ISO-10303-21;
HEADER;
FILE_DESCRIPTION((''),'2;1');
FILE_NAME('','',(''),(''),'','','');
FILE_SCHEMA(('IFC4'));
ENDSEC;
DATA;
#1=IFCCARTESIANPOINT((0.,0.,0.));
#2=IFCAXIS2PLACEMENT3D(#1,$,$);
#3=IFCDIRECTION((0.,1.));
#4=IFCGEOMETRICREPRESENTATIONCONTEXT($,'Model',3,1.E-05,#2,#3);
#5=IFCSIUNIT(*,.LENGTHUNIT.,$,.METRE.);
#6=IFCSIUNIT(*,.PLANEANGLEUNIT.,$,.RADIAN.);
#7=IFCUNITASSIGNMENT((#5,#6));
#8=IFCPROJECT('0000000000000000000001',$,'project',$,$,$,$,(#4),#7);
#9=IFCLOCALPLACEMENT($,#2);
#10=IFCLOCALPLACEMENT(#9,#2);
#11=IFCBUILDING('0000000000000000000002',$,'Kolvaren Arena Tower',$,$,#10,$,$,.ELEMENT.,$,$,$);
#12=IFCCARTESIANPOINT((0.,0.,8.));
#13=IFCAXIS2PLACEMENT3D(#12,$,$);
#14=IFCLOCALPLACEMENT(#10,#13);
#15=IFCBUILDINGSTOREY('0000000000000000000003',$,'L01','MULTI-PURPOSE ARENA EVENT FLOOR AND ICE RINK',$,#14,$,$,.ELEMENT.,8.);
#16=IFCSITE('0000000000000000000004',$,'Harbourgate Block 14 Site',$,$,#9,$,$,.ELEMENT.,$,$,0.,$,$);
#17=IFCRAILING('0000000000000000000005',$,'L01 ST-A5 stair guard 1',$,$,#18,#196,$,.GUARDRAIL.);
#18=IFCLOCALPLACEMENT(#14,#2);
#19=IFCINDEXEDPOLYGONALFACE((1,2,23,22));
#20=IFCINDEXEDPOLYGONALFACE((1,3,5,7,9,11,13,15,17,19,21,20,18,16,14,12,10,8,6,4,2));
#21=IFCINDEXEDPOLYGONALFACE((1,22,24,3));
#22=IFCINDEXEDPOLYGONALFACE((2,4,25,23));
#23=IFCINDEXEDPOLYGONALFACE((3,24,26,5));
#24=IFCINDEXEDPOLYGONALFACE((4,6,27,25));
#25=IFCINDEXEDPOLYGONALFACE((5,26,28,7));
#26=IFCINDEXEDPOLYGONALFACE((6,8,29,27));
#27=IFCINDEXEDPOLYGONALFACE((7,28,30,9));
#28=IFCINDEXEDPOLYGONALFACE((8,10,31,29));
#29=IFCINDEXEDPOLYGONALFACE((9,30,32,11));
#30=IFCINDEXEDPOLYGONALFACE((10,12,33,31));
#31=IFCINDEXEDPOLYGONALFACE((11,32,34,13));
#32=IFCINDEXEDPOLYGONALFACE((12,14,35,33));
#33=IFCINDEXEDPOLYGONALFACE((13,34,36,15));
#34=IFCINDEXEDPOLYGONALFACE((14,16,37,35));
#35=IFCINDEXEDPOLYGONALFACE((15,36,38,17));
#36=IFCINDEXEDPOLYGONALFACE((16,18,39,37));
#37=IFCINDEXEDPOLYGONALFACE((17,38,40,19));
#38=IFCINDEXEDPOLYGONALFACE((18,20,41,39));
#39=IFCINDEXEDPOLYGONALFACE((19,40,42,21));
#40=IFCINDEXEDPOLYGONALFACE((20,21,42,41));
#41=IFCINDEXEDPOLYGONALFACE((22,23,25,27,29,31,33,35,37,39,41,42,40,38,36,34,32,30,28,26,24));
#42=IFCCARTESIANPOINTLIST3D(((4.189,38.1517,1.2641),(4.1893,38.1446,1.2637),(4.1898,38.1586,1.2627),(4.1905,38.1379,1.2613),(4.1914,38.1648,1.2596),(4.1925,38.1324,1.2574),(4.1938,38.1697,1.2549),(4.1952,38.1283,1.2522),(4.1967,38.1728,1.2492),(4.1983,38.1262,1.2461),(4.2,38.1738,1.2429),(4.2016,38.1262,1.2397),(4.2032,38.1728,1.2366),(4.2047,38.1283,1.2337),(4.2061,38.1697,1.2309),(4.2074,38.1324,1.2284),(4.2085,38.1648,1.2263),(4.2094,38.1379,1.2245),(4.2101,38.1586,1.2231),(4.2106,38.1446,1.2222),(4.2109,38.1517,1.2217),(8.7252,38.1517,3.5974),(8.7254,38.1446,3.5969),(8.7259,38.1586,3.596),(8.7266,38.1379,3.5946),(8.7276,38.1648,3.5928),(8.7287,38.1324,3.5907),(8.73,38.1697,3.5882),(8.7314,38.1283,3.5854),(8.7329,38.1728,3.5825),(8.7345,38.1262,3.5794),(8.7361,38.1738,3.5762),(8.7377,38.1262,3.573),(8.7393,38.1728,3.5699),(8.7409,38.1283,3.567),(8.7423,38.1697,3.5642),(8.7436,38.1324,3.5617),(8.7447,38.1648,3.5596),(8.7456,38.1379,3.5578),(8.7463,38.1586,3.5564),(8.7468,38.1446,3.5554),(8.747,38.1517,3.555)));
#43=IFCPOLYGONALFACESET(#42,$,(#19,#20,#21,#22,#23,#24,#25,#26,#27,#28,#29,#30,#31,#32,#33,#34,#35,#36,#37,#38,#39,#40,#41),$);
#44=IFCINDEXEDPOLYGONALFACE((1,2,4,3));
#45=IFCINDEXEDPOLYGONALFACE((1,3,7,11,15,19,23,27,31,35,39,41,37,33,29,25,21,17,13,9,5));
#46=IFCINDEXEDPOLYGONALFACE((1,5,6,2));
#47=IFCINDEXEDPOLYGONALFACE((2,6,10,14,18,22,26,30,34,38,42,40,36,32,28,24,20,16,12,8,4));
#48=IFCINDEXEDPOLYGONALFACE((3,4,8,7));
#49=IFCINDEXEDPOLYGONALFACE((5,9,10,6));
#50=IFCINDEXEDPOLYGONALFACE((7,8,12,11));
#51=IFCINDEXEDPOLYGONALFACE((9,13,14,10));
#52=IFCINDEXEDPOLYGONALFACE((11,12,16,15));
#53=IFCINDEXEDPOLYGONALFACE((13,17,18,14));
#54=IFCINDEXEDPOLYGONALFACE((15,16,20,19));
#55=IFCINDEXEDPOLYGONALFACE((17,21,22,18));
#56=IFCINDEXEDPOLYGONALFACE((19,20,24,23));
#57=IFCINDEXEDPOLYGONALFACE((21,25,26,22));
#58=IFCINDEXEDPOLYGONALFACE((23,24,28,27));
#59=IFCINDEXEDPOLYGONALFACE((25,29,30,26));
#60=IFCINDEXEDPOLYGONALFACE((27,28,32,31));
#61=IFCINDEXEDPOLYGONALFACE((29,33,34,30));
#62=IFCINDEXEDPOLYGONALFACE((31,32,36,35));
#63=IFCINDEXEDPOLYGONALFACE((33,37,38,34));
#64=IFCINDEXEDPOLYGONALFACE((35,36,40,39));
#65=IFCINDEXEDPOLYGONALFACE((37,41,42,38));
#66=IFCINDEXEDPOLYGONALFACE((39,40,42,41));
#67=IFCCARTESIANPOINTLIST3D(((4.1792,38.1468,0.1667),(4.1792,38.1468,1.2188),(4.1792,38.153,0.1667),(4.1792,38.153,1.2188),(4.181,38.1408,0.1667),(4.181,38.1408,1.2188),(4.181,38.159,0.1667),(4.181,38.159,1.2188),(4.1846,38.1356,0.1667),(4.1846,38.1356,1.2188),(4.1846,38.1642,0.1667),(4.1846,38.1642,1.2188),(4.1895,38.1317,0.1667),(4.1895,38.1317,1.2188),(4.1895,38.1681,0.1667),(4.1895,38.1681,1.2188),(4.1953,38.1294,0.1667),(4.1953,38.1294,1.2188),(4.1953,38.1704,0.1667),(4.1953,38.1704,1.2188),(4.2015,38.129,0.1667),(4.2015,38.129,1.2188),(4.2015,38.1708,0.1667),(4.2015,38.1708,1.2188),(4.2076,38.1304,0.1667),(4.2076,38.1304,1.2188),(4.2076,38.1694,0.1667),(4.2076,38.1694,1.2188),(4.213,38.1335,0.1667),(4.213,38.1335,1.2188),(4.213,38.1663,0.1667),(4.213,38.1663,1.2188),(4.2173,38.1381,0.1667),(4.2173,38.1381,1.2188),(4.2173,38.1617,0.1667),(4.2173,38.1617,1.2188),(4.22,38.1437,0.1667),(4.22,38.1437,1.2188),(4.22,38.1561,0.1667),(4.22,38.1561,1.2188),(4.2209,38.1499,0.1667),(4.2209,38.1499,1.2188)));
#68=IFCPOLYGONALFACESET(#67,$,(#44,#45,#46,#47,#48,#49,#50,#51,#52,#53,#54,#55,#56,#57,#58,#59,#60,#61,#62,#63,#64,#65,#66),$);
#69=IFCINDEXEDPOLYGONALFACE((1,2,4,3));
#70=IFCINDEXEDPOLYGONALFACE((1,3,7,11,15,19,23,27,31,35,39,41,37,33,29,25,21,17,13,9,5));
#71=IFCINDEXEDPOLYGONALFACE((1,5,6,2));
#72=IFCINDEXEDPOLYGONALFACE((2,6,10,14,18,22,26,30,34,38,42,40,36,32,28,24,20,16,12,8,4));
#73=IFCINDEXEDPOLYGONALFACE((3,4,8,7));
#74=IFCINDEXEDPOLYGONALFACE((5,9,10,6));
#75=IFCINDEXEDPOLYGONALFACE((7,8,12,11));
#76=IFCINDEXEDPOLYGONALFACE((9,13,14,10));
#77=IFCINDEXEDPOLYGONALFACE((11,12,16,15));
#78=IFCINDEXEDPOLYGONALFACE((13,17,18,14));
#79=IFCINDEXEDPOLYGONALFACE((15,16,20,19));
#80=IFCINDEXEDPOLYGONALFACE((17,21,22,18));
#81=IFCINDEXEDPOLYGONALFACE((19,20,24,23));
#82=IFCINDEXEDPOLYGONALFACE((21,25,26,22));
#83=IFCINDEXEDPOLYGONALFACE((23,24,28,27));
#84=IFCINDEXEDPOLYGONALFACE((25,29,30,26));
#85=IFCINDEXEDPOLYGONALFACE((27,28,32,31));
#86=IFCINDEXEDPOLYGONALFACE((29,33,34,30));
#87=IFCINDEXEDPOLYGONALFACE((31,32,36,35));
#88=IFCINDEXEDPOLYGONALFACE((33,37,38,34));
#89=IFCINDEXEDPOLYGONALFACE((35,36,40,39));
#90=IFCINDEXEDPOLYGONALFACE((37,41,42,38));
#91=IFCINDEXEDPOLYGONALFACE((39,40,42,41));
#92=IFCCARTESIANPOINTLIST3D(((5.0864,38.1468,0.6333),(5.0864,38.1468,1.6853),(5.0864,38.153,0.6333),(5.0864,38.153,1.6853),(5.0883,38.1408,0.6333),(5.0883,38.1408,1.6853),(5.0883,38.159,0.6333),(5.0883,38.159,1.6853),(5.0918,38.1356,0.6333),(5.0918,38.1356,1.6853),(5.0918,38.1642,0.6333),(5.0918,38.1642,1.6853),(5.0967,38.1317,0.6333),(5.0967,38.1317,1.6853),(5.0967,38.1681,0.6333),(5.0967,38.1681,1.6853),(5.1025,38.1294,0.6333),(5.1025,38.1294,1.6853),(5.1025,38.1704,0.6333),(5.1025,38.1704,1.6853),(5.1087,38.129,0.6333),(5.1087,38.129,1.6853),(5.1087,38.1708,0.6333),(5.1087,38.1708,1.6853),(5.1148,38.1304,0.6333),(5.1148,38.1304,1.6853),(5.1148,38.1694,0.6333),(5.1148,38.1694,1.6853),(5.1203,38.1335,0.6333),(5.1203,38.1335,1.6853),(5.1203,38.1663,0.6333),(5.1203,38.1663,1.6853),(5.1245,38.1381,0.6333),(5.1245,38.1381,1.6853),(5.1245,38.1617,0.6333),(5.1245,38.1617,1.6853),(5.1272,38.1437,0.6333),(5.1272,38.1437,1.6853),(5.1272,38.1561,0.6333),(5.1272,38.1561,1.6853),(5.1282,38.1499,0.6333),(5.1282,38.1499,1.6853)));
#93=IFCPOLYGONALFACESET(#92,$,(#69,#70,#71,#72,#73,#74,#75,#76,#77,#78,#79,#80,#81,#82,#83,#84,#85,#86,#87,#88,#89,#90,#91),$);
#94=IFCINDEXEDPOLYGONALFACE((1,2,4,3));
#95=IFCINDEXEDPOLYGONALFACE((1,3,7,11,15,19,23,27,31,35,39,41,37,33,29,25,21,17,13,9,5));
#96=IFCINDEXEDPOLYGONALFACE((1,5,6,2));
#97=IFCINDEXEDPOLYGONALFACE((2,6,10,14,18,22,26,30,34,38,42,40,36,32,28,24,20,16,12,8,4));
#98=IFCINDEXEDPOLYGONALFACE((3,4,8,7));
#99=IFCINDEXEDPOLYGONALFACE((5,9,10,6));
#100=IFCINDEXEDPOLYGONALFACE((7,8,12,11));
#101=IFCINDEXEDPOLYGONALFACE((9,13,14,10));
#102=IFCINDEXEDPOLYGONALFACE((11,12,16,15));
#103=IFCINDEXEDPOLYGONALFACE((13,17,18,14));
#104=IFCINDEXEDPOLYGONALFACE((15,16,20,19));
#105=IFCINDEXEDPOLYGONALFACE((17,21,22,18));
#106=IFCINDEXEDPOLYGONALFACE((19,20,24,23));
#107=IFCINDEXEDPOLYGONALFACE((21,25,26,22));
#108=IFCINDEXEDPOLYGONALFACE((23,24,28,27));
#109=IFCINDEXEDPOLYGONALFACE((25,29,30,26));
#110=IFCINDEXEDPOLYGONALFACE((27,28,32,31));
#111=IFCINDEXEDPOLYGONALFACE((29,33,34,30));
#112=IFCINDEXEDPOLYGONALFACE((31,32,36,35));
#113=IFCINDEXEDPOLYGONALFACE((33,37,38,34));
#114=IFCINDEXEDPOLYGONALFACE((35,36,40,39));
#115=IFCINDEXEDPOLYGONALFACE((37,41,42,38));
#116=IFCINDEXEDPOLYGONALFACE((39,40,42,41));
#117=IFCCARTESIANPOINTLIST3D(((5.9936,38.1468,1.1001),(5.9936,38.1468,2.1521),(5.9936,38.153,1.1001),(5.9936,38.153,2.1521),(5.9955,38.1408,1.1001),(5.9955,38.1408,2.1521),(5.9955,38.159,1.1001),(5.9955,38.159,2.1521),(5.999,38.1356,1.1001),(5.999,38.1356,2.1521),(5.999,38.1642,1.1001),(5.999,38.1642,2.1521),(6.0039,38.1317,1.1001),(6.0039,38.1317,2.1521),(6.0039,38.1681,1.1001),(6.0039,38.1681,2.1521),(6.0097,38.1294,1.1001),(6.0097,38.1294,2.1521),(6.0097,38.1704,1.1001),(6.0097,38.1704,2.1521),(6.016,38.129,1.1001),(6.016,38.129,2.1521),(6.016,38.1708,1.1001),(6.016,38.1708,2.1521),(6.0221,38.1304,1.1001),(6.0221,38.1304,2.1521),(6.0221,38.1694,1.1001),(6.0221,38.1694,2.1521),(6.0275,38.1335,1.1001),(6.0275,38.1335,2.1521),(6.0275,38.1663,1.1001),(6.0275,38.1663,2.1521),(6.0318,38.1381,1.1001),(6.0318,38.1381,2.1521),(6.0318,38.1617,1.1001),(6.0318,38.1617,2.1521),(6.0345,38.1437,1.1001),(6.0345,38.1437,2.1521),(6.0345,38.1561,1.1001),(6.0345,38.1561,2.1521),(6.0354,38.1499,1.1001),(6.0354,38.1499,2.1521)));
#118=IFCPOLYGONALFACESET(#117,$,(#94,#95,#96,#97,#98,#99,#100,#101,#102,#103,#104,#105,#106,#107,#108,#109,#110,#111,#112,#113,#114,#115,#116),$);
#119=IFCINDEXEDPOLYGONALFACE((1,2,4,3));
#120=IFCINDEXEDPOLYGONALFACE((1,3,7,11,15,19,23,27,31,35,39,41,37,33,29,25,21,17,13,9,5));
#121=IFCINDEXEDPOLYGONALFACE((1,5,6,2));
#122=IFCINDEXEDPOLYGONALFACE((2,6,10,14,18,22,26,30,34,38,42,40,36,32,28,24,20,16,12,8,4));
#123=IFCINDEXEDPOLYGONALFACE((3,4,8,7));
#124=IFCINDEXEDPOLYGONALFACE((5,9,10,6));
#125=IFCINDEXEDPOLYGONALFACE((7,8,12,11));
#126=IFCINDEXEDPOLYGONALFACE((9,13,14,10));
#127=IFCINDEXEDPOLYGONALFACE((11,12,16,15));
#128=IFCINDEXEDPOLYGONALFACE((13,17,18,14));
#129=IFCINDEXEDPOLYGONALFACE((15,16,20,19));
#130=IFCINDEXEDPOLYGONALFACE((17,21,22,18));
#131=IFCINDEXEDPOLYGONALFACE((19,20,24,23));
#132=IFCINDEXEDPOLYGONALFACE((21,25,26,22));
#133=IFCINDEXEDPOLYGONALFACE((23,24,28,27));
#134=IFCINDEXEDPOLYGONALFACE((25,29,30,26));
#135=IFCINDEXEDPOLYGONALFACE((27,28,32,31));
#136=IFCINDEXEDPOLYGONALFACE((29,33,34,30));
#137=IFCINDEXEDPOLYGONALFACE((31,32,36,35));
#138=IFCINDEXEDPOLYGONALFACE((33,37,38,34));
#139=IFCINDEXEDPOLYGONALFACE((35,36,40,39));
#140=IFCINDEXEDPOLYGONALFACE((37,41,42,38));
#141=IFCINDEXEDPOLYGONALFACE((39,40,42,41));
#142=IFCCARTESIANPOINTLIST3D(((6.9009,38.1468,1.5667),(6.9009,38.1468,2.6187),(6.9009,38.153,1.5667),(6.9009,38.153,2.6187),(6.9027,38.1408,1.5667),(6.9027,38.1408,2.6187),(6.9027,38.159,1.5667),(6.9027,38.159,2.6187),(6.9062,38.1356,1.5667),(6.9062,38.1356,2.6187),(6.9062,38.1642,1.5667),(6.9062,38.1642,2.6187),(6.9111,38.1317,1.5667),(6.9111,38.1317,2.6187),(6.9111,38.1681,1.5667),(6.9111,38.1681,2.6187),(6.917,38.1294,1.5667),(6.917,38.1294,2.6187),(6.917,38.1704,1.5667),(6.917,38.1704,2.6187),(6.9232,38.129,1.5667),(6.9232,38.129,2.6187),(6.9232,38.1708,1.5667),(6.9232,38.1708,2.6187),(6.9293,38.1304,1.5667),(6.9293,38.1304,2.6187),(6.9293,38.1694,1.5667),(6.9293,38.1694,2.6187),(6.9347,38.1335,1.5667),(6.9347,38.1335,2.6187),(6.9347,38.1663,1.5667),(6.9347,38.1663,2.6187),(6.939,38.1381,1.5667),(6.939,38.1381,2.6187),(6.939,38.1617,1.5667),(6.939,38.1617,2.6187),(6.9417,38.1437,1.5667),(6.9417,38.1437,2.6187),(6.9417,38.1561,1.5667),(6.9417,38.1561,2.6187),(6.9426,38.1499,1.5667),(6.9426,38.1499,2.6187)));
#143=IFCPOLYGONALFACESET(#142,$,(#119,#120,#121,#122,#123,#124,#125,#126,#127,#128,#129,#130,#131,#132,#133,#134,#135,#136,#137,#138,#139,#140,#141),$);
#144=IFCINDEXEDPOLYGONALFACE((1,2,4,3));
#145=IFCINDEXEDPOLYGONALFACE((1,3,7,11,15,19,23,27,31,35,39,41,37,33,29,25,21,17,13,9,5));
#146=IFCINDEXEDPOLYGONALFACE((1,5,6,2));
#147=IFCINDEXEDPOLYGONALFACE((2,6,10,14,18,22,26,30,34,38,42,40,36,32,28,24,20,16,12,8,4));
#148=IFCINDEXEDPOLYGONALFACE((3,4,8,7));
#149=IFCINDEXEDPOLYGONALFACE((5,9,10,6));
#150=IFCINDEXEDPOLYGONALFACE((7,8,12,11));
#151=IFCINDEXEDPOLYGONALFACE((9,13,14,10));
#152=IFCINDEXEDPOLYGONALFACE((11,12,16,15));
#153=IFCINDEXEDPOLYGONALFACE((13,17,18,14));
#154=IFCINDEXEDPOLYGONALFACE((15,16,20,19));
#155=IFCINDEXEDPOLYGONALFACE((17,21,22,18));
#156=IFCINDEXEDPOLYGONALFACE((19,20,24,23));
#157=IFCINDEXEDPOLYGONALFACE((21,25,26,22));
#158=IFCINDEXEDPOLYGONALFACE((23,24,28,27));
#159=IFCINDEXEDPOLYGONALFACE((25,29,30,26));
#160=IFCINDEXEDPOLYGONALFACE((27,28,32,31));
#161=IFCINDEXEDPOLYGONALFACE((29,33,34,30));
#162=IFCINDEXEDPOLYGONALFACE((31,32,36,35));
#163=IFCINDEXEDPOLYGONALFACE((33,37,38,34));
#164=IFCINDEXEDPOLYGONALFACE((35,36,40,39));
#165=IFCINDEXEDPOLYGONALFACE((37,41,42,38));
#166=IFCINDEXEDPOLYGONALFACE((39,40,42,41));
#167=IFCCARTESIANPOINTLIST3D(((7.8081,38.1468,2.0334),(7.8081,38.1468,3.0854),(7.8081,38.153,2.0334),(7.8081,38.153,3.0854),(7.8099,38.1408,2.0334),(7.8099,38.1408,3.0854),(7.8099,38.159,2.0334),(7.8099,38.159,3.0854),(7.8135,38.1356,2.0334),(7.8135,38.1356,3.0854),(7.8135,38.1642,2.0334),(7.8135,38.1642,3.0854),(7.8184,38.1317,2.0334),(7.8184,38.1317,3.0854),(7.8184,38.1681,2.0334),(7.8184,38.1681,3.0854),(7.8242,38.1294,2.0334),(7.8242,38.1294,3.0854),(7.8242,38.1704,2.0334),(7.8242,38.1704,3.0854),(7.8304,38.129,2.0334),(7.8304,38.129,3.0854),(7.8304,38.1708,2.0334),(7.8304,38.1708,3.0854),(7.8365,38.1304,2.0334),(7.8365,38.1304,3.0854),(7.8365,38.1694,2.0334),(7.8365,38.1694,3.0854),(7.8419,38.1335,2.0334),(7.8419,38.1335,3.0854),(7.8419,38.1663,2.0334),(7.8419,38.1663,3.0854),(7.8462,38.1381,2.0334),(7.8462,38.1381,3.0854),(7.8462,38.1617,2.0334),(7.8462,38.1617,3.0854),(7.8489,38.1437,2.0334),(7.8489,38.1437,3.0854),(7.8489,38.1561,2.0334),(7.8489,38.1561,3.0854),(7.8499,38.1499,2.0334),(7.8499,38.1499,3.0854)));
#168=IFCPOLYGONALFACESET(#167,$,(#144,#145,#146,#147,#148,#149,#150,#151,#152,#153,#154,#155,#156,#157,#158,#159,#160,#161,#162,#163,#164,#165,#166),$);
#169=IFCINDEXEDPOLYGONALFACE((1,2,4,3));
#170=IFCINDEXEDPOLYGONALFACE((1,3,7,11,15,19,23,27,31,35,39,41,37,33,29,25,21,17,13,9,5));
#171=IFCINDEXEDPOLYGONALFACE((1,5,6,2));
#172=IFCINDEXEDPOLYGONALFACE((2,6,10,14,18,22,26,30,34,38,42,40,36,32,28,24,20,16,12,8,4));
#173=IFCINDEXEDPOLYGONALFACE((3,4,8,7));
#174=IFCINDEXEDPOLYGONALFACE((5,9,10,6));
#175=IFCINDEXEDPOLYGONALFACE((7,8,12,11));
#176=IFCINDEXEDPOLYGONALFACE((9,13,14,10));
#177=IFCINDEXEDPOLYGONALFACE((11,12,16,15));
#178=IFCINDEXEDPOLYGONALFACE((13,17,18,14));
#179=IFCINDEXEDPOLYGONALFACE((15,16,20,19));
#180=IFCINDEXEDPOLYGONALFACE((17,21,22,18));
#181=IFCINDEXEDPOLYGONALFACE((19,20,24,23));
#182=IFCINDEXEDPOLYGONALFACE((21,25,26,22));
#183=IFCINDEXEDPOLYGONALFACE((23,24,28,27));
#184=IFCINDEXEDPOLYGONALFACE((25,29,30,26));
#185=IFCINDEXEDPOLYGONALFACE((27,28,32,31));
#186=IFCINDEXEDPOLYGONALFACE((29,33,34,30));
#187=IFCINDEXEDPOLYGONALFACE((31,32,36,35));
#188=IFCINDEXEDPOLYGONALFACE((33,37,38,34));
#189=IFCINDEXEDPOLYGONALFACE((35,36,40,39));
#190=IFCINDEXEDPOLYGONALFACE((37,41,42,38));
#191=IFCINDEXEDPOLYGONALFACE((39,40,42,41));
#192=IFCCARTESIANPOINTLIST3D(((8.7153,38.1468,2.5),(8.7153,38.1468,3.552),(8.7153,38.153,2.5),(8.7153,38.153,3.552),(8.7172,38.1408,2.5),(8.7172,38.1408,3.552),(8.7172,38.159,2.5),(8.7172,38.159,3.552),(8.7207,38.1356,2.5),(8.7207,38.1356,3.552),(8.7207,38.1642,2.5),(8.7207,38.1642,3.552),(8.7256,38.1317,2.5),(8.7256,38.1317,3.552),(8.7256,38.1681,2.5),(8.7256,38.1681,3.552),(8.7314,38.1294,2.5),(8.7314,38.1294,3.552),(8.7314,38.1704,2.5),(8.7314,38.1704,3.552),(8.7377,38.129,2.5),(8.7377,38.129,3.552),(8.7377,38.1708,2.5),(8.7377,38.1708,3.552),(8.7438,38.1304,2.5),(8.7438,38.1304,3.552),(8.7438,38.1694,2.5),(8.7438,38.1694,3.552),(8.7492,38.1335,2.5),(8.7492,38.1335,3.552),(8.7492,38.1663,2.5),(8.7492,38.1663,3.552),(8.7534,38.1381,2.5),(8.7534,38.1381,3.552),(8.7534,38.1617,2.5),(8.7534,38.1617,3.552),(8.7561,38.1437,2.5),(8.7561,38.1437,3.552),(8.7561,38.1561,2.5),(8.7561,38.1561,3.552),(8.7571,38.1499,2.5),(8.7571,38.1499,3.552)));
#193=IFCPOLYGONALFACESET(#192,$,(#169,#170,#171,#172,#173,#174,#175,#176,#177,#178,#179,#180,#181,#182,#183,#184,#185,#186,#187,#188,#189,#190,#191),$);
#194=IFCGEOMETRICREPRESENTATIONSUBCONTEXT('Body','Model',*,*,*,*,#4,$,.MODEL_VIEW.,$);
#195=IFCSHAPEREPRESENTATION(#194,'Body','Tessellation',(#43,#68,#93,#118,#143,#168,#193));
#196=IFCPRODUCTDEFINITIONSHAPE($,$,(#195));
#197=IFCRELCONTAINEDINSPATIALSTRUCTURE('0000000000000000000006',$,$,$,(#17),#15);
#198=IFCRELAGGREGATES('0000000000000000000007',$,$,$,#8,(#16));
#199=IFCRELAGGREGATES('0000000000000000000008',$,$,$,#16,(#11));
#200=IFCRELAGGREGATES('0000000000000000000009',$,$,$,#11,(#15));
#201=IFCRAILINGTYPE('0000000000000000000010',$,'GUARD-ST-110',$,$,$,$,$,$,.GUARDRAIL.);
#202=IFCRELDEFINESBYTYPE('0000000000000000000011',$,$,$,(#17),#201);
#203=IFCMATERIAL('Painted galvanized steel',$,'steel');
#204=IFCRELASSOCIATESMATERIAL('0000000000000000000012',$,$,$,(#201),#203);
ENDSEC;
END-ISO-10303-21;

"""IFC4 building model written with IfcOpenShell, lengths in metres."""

from ifc_helpers import new_model, si_unit, direction, frame, origin, origin_2d, place, context, subcontext, project, spatial, circle, extrude, material, type_object, element, save


model = new_model("IFC4")

# Units and contexts
model_context = context("Model", 3, precision=1e-05, world=origin(), true_north=direction((0.0, 1.0)))
body_context = subcontext(model_context, "Body", "Model", "MODEL_VIEW")
ifc_project = project(units=[si_unit("LENGTHUNIT", "METRE"), si_unit("PLANEANGLEUNIT", "RADIAN")], contexts=[model_context])

# Site, building, storey
site_placement = place(None, origin())
site = spatial("IfcSite", under=ifc_project, at=site_placement, Name="Harbourgate Block 14 Site", CompositionType="ELEMENT", RefElevation=0.0)
building_placement = place(site_placement, origin())
building = spatial("IfcBuilding", under=site, at=building_placement, Name="Kolvaren Arena Tower", CompositionType="ELEMENT")
storey_placement = place(building_placement, frame((0.0, 0.0, 8.0)))
storey = spatial("IfcBuildingStorey", under=building, at=storey_placement, Name="L01", Description="MULTI-PURPOSE ARENA EVENT FLOOR AND ICE RINK", CompositionType="ELEMENT", Elevation=8.0)

# Railing
ifc_material_1 = material(Name="Painted galvanized steel", Category="steel")
railing_type_1 = type_object("IfcRailingType", Name="GUARD-ST-110", PredefinedType="GUARDRAIL", material=ifc_material_1)
railing_1_placement = place(storey_placement, frame((4.2, 38.1499, 0.1667)))
element("IfcRailing", 1, at=railing_1_placement, inside=storey, type_object=railing_type_1, Name="L01 ST-A5 stair guard 1", PredefinedType="GUARDRAIL", context=body_context, shape_type="SweptSolid", body=[
    extrude(circle(Radius=0.0239, at=origin_2d()), frame((0.0, 0.0, 1.0762), z_axis=(0.889257, 0.0, 0.457407), x_axis=(0.0, 1.0, 0.0)), (0.0, 0.0, 1.0), 5.1011),
    extrude(circle(Radius=0.021, at=origin_2d()), origin(), (0.0, 0.0, 1.0), 1.052),
    extrude(circle(Radius=0.021, at=origin_2d()), frame((0.9072, 0.0, 0.4666)), (0.0, 0.0, 1.0), 1.052),
    extrude(circle(Radius=0.021, at=origin_2d()), frame((1.8145, 0.0, 0.9333)), (0.0, 0.0, 1.0), 1.052),
    extrude(circle(Radius=0.021, at=origin_2d()), frame((2.7217, 0.0, 1.3999)), (0.0, 0.0, 1.0), 1.052),
    extrude(circle(Radius=0.021, at=origin_2d()), frame((3.6289, 0.0, 1.8667)), (0.0, 0.0, 1.0), 1.052),
    extrude(circle(Radius=0.021, at=origin_2d()), frame((4.5361, 0.0, 2.3333)), (0.0, 0.0, 1.0), 1.052),
])

save(model, "model.ifc")
